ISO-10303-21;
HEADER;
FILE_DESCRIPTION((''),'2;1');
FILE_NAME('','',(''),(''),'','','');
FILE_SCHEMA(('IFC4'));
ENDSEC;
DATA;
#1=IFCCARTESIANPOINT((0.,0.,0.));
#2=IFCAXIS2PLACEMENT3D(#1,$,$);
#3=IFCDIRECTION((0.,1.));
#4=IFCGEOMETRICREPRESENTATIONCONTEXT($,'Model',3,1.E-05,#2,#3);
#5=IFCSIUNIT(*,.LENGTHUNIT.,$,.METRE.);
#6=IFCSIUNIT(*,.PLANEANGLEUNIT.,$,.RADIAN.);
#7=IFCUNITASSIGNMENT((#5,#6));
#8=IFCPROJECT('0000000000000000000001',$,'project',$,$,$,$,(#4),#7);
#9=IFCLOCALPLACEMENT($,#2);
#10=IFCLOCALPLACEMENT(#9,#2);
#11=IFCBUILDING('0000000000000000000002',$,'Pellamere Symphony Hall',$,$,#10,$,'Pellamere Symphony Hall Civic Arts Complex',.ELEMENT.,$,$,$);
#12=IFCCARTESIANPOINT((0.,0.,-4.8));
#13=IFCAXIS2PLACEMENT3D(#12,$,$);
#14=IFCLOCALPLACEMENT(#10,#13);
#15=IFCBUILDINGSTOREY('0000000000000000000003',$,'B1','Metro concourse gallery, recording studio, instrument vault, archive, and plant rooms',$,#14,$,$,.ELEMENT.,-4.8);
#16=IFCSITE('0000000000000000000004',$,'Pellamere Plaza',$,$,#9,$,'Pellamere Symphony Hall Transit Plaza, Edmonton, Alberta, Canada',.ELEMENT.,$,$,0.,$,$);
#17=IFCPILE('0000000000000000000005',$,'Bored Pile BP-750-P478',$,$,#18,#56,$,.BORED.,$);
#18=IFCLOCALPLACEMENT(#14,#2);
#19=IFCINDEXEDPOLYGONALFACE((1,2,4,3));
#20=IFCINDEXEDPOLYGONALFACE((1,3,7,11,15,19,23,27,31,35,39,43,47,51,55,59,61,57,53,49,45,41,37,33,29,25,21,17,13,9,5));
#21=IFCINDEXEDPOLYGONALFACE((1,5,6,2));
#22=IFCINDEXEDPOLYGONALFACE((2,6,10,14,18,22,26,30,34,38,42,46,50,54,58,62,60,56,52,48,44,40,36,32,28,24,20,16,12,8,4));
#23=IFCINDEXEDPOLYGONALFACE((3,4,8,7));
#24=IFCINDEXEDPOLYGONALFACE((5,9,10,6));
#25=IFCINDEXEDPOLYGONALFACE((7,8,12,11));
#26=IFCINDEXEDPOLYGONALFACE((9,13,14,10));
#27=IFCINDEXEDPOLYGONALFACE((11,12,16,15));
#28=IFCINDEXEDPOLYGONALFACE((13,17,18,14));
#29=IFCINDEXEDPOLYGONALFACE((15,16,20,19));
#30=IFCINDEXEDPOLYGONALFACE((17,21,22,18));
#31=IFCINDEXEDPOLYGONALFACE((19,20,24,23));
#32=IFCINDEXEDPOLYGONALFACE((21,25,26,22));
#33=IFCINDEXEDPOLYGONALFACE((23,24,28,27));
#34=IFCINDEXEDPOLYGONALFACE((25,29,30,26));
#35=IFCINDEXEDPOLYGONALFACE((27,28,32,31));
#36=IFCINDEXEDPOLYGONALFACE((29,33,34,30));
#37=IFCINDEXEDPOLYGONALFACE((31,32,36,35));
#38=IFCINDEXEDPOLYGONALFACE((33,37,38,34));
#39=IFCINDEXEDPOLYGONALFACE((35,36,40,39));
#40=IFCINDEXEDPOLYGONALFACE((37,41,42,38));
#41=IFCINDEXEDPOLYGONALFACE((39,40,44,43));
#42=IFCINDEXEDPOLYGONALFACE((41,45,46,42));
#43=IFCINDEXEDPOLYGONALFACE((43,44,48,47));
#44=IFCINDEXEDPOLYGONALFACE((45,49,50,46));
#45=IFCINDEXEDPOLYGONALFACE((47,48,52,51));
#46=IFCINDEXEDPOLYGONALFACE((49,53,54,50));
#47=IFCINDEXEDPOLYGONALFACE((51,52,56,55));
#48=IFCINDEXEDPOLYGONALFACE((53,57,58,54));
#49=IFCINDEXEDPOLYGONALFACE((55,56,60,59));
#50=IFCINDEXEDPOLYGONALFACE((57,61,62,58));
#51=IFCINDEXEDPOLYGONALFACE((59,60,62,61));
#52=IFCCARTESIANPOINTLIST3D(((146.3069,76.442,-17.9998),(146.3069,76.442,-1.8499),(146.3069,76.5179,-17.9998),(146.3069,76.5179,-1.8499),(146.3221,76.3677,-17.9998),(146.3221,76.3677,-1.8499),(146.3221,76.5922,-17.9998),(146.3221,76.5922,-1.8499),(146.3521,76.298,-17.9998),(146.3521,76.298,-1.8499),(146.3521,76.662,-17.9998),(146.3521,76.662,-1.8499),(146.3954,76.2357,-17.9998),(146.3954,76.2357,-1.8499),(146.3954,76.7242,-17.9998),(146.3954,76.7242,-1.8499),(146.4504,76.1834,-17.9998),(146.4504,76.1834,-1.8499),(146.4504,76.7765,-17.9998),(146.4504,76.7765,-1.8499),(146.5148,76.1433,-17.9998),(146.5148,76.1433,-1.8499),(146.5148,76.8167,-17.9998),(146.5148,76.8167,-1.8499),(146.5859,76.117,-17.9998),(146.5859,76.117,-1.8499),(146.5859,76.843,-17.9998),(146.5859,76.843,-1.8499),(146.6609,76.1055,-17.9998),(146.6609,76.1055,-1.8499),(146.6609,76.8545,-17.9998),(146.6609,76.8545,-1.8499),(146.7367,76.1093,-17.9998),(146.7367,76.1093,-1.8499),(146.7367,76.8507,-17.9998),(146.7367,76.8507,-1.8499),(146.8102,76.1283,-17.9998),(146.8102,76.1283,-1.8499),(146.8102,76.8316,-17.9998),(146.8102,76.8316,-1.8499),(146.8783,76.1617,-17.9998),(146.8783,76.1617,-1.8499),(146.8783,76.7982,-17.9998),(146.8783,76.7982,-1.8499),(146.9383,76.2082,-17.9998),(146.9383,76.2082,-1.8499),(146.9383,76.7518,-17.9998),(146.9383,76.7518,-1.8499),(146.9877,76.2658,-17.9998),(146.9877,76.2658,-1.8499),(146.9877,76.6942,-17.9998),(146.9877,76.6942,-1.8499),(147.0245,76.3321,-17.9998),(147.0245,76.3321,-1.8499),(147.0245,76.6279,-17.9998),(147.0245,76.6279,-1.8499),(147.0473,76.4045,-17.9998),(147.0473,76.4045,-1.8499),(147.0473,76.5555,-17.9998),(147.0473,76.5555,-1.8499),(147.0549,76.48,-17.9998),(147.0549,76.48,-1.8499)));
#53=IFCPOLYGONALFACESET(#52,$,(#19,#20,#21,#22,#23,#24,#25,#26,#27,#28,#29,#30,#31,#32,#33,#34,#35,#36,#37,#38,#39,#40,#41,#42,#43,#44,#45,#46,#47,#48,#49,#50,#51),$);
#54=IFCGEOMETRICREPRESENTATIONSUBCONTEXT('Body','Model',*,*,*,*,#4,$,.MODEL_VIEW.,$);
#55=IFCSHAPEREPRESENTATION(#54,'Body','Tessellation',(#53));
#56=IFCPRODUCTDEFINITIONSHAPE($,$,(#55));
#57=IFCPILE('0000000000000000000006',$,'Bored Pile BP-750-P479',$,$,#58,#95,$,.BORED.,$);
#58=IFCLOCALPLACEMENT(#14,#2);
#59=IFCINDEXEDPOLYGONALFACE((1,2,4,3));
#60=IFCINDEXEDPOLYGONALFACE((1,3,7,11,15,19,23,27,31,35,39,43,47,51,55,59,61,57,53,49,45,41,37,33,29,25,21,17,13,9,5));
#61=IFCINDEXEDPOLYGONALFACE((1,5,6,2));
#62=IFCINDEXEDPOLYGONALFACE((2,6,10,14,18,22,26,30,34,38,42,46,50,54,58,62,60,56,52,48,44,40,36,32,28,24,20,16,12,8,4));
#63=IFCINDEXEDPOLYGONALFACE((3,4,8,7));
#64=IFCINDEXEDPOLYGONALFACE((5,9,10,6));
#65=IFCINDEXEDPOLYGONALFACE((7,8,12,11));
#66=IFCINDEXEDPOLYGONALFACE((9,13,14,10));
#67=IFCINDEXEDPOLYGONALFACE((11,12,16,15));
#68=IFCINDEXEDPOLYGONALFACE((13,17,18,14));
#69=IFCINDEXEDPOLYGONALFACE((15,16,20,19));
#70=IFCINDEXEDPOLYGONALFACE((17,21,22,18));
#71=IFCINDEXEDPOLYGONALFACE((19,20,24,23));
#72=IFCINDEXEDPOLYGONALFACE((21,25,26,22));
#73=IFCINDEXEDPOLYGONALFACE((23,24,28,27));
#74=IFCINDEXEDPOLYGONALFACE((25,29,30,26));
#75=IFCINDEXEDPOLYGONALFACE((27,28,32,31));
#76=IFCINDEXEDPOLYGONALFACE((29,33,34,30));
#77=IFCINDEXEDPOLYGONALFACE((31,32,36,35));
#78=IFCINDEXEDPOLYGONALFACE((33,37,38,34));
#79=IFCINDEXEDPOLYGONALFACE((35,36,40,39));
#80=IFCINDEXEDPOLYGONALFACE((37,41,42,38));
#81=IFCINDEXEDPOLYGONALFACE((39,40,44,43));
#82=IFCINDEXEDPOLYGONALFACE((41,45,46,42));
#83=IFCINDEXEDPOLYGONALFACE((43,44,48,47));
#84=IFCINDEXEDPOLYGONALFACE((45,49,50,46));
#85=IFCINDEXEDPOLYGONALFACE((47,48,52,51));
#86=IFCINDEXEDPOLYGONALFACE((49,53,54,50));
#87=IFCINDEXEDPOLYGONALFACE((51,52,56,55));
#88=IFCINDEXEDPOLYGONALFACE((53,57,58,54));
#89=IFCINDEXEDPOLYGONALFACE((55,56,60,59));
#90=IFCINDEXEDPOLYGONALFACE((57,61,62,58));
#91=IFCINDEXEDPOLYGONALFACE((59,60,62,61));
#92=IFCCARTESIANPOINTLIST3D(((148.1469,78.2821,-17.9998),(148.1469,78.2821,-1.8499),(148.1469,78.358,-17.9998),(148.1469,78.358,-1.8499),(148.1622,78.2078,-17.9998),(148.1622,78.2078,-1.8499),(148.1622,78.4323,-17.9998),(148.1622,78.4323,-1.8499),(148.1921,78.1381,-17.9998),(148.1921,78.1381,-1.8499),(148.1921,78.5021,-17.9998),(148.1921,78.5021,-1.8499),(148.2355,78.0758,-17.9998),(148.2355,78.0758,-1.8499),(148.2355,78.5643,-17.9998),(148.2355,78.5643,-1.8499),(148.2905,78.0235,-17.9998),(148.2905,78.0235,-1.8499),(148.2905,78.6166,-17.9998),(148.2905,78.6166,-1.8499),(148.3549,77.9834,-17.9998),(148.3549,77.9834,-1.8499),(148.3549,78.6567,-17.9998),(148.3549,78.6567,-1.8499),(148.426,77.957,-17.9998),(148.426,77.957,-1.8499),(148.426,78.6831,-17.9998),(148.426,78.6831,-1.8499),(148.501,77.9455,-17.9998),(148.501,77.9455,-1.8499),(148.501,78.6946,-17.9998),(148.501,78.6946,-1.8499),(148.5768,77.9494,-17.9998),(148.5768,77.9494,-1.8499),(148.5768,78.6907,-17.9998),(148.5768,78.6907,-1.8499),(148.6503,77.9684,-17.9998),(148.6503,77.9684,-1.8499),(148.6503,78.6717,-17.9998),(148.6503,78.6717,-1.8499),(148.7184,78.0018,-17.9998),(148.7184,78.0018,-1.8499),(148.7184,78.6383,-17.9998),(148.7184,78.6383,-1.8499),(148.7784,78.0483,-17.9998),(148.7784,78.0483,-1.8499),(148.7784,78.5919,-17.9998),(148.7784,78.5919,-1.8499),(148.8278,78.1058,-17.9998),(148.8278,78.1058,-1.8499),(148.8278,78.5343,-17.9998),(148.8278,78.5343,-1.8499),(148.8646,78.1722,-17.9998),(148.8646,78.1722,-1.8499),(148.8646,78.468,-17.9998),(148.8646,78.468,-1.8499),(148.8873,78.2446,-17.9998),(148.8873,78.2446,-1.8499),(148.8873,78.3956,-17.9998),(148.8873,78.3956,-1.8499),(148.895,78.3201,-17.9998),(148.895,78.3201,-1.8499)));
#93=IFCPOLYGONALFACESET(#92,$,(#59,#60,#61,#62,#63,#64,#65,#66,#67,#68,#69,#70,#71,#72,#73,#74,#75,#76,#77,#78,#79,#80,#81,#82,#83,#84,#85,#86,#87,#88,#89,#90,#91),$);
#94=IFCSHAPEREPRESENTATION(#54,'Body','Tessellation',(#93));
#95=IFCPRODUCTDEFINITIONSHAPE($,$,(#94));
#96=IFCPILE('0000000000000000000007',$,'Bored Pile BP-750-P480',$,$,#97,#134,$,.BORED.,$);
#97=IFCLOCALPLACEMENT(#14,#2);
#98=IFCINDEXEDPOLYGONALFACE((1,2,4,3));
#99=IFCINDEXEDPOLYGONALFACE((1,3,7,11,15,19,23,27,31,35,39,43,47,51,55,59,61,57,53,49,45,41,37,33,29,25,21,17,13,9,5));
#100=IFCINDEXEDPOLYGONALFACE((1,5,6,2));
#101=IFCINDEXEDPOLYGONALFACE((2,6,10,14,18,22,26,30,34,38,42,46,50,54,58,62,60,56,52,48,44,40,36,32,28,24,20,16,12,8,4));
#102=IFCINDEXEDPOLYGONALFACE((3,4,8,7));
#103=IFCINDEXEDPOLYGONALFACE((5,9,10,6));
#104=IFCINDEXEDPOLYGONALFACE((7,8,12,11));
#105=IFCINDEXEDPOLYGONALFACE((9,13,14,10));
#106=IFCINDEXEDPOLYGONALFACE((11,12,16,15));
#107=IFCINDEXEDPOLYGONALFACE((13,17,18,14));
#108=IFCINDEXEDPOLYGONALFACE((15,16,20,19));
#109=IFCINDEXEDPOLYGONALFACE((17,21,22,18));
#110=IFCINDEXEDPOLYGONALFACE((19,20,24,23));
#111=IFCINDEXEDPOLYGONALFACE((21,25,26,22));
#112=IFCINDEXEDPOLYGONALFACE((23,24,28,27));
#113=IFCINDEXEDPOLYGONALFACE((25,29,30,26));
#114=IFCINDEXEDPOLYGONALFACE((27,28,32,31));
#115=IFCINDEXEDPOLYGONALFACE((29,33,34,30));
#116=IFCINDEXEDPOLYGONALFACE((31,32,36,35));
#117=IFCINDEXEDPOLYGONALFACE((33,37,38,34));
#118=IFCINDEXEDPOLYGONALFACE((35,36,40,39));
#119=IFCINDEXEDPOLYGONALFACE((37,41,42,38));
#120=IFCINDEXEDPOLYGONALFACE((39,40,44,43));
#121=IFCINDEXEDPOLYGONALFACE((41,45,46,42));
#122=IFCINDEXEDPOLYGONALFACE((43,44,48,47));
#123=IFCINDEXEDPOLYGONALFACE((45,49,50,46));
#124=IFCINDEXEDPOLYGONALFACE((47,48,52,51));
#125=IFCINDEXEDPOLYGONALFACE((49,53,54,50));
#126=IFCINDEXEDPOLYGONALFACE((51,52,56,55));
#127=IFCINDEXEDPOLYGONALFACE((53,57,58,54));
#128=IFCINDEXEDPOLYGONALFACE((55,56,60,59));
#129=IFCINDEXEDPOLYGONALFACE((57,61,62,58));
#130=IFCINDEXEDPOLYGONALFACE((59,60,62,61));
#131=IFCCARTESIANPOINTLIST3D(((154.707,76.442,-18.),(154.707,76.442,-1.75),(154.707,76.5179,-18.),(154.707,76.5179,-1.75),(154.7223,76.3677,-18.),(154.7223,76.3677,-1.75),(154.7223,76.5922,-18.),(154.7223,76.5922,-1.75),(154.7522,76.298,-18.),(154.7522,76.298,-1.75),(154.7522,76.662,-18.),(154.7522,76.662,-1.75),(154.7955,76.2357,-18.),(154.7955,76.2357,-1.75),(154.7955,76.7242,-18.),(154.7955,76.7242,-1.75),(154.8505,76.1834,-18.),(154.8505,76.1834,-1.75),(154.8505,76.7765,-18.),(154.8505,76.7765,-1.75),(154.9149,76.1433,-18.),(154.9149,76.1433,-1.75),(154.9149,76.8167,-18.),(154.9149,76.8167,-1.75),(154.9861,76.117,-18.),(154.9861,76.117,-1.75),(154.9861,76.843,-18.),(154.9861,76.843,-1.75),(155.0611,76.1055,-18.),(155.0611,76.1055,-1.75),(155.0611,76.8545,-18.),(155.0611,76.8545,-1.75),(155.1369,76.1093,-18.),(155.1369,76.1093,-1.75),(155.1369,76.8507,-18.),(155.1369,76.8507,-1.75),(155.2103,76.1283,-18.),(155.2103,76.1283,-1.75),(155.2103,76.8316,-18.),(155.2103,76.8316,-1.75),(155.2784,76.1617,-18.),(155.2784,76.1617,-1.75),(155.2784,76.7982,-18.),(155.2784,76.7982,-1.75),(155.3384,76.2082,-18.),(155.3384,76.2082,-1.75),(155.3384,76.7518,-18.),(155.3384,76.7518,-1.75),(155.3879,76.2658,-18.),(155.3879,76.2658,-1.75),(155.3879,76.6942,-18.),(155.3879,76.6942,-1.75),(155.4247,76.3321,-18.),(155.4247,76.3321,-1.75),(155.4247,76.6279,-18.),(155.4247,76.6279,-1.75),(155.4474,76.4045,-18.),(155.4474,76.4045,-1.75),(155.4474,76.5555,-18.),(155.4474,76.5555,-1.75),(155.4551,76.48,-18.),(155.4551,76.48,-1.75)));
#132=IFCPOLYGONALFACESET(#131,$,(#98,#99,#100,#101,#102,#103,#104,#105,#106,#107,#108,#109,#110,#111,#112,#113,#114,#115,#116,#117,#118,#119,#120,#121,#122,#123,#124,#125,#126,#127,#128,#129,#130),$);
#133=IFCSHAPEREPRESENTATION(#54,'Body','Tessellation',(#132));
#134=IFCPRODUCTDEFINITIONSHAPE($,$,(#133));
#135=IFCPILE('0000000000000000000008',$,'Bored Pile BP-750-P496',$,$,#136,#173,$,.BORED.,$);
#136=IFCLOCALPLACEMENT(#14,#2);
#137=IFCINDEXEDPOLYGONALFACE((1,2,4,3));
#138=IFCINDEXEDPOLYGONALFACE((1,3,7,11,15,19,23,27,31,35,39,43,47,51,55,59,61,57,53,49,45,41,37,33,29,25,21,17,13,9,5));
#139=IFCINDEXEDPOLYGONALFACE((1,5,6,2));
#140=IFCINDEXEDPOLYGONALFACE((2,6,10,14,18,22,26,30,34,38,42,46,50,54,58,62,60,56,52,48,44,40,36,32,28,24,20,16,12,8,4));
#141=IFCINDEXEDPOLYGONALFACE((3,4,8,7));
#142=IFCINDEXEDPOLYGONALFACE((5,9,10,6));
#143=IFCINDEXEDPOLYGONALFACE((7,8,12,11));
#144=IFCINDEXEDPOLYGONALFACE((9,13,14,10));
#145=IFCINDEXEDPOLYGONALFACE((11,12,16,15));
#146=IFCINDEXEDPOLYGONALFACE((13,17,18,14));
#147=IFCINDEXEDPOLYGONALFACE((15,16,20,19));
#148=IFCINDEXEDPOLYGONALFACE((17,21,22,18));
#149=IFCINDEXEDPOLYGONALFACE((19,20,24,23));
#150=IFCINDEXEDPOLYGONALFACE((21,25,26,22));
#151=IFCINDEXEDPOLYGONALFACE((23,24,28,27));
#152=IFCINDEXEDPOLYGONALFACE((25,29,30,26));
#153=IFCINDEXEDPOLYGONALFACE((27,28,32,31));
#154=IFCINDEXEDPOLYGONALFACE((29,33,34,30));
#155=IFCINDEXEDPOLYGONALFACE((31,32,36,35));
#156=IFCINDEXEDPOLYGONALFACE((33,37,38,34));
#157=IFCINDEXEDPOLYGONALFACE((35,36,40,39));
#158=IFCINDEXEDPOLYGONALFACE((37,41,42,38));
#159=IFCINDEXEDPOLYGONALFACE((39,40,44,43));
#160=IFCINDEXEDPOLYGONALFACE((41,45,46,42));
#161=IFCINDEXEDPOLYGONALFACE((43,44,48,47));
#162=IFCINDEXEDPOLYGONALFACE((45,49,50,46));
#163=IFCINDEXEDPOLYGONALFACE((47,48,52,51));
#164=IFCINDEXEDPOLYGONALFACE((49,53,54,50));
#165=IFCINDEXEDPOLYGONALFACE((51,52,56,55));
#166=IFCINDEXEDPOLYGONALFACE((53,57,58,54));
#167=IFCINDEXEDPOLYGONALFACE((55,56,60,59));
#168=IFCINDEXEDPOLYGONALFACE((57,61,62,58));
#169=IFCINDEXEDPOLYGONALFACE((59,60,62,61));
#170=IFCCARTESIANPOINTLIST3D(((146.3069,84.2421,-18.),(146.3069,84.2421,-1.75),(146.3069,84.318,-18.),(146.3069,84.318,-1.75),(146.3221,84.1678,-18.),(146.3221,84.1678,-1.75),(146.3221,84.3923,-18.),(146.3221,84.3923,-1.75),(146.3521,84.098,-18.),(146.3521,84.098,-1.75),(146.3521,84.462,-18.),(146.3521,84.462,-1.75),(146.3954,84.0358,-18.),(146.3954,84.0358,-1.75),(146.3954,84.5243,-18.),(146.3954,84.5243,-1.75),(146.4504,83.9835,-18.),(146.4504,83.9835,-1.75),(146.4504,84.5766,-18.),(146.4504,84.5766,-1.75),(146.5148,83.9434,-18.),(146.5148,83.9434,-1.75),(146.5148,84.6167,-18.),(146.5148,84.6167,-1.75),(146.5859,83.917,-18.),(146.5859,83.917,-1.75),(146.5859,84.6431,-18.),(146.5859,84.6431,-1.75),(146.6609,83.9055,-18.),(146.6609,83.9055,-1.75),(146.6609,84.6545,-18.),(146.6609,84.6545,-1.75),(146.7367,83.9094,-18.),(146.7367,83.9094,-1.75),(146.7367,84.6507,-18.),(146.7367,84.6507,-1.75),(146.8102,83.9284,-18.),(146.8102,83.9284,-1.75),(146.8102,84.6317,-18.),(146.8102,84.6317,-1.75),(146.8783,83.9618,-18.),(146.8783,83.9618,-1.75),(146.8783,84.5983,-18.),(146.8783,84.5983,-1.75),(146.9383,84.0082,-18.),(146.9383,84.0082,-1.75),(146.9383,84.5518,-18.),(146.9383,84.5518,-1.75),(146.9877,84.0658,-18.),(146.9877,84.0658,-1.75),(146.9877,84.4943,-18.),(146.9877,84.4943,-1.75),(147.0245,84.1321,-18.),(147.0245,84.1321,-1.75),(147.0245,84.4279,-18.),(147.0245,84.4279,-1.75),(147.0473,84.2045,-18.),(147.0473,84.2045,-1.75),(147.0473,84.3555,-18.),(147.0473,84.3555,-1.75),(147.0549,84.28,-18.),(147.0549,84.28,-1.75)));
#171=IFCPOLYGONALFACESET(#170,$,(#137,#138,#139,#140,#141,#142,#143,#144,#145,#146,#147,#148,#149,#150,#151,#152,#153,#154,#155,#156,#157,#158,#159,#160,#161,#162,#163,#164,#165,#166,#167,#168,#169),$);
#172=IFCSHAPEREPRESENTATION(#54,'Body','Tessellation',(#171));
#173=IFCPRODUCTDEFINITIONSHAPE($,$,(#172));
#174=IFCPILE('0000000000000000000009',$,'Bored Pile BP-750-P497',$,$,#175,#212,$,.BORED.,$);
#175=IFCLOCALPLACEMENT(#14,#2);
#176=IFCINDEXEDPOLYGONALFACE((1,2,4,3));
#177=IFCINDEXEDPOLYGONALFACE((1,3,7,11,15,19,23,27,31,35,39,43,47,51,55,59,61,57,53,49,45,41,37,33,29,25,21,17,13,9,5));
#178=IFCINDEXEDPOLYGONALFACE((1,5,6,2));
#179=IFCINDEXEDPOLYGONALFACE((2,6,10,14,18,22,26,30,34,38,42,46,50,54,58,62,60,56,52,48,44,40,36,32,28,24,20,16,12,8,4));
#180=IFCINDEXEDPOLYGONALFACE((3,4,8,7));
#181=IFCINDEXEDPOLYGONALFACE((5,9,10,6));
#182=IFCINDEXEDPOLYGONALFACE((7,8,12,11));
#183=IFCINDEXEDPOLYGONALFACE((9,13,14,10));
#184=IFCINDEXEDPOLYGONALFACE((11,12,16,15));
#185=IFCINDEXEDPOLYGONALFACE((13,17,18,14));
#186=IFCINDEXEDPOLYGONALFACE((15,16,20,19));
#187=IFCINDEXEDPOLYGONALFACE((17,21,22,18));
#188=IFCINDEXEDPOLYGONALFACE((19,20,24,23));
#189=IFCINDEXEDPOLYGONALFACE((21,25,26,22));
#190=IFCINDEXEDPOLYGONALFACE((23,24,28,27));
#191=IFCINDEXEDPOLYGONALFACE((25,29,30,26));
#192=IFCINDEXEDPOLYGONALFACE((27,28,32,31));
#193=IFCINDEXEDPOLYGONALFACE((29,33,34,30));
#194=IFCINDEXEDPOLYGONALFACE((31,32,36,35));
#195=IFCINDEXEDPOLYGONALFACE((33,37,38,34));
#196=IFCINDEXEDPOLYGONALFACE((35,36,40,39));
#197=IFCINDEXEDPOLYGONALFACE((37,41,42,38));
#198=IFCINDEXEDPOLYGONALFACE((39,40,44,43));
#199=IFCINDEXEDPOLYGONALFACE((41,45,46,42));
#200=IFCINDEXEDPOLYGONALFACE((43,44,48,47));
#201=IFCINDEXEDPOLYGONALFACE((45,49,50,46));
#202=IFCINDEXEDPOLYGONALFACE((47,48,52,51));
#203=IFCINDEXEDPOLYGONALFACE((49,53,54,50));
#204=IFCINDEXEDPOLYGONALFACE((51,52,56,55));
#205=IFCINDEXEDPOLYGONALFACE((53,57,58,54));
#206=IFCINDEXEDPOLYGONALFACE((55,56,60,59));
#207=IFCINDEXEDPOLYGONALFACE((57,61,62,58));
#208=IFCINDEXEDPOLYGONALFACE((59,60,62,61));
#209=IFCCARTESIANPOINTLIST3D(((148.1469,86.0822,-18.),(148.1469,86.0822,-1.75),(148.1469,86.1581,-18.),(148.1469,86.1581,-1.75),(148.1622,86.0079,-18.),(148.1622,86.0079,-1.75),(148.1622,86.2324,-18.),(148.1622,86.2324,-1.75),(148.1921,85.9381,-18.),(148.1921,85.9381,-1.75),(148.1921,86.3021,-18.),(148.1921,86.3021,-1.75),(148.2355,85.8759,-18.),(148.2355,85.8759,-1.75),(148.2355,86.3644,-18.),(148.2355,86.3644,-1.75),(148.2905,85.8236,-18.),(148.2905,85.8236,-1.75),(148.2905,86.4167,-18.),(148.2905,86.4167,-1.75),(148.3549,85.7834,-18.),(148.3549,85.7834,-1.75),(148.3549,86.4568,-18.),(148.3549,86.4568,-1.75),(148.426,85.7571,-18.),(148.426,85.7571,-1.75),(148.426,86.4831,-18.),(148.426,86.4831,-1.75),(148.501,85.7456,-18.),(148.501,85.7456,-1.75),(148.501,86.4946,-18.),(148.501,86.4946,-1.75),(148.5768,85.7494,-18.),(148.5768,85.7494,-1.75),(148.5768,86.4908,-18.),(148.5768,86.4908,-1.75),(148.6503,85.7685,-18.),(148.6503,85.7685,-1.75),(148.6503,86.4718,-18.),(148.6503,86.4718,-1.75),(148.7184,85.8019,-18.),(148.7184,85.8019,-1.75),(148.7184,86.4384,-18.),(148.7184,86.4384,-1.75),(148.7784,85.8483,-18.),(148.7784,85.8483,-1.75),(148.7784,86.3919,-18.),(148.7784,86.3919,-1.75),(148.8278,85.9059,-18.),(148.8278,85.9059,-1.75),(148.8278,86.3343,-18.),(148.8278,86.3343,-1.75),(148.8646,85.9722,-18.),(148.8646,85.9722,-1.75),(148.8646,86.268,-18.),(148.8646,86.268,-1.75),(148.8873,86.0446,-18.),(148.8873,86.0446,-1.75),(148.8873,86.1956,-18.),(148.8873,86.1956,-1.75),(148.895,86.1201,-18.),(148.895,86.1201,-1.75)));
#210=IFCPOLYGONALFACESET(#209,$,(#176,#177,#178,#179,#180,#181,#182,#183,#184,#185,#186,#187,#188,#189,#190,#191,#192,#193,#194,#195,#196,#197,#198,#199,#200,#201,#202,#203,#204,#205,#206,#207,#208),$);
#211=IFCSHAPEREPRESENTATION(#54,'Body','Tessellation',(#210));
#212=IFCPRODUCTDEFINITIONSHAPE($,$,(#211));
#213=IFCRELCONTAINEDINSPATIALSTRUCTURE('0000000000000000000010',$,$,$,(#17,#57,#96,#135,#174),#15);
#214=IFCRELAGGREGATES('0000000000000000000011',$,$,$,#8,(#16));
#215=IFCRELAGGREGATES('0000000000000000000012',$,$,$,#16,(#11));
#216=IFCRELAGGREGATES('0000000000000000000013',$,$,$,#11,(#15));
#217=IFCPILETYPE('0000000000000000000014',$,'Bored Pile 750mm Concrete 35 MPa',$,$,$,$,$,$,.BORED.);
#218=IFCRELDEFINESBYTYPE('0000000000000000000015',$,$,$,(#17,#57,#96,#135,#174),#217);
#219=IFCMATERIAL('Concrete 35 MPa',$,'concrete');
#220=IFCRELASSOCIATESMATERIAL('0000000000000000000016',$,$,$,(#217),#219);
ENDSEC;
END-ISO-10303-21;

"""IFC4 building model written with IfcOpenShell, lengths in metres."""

from ifc_helpers import new_model, si_unit, direction, frame, origin, origin_2d, place, context, subcontext, project, spatial, circle, extrude, material, material_profile, profile_set, type_object, element, save


model = new_model("IFC4")

# Units and contexts
model_context = context("Model", 3, precision=1e-05, world=origin(), true_north=direction((0.0, 1.0)))
body_context = subcontext(model_context, "Body", "Model", "MODEL_VIEW")
ifc_project = project(units=[si_unit("LENGTHUNIT", "METRE"), si_unit("PLANEANGLEUNIT", "RADIAN")], contexts=[model_context])

# Site, building, storey
site_placement = place(None, origin())
site = spatial("IfcSite", under=ifc_project, at=site_placement, Name="Pellamere Plaza", LongName="Pellamere Symphony Hall Transit Plaza, Edmonton, Alberta, Canada", CompositionType="ELEMENT", RefElevation=0.0)
building_placement = place(site_placement, origin())
building = spatial("IfcBuilding", under=site, at=building_placement, Name="Pellamere Symphony Hall", LongName="Pellamere Symphony Hall Civic Arts Complex", CompositionType="ELEMENT")
storey_placement = place(building_placement, frame((0.0, 0.0, -4.8)))
storey = spatial("IfcBuildingStorey", under=building, at=storey_placement, Name="B1", Description="Metro concourse gallery, recording studio, instrument vault, archive, and plant rooms", CompositionType="ELEMENT", Elevation=-4.8)

# Piles
ifc_material_1 = material(Name="Concrete 35 MPa", Category="concrete")
ifc_material_profile_1 = material_profile(ifc_material_1, circle(Radius=0.375, at=origin_2d()), Name="PILE D750")
ifc_profile_set_1 = profile_set([ifc_material_profile_1], Name="Concrete 35 MPa")
pile_type = type_object("IfcPileType", Name="Bored Pile 750mm Concrete 35 MPa", PredefinedType="BORED", material=ifc_profile_set_1)
for number, where, z_axis, x_axis, name in (
    (1, (146.6799, 76.48, -1.8499), (0.0, 0.0, -1.0), (1.0, 0.0, 0.0), "Bored Pile BP-750-P478"),
    (2, (148.52, 78.3201, -1.8499), (0.0, 0.0, -1.0), (1.0, 0.0, 0.0), "Bored Pile BP-750-P479"),
):
    element("IfcPile", number, at=place(storey_placement, frame(where, z_axis=z_axis, x_axis=x_axis)), inside=storey, type_object=pile_type, Name=name, PredefinedType="BORED", context=body_context, shape_type="SweptSolid", body=[
        extrude(circle(Radius=0.375, at=origin_2d()), origin(), (0.0, 0.0, 1.0), 16.1499),
    ])
for number, where, z_axis, x_axis, name in (
    (3, (155.0801, 76.48, -1.75), (0.0, 0.0, -1.0), (1.0, 0.0, 0.0), "Bored Pile BP-750-P480"),
    (4, (146.6799, 84.28, -1.75), (0.0, 0.0, -1.0), (1.0, 0.0, 0.0), "Bored Pile BP-750-P496"),
    (5, (148.52, 86.1201, -1.75), (0.0, 0.0, -1.0), (1.0, 0.0, 0.0), "Bored Pile BP-750-P497"),
):
    element("IfcPile", number, at=place(storey_placement, frame(where, z_axis=z_axis, x_axis=x_axis)), inside=storey, type_object=pile_type, Name=name, PredefinedType="BORED", context=body_context, shape_type="SweptSolid", body=[
        extrude(circle(Radius=0.375, at=origin_2d()), origin(), (0.0, 0.0, 1.0), 16.25),
    ])

save(model, "model.ifc")
